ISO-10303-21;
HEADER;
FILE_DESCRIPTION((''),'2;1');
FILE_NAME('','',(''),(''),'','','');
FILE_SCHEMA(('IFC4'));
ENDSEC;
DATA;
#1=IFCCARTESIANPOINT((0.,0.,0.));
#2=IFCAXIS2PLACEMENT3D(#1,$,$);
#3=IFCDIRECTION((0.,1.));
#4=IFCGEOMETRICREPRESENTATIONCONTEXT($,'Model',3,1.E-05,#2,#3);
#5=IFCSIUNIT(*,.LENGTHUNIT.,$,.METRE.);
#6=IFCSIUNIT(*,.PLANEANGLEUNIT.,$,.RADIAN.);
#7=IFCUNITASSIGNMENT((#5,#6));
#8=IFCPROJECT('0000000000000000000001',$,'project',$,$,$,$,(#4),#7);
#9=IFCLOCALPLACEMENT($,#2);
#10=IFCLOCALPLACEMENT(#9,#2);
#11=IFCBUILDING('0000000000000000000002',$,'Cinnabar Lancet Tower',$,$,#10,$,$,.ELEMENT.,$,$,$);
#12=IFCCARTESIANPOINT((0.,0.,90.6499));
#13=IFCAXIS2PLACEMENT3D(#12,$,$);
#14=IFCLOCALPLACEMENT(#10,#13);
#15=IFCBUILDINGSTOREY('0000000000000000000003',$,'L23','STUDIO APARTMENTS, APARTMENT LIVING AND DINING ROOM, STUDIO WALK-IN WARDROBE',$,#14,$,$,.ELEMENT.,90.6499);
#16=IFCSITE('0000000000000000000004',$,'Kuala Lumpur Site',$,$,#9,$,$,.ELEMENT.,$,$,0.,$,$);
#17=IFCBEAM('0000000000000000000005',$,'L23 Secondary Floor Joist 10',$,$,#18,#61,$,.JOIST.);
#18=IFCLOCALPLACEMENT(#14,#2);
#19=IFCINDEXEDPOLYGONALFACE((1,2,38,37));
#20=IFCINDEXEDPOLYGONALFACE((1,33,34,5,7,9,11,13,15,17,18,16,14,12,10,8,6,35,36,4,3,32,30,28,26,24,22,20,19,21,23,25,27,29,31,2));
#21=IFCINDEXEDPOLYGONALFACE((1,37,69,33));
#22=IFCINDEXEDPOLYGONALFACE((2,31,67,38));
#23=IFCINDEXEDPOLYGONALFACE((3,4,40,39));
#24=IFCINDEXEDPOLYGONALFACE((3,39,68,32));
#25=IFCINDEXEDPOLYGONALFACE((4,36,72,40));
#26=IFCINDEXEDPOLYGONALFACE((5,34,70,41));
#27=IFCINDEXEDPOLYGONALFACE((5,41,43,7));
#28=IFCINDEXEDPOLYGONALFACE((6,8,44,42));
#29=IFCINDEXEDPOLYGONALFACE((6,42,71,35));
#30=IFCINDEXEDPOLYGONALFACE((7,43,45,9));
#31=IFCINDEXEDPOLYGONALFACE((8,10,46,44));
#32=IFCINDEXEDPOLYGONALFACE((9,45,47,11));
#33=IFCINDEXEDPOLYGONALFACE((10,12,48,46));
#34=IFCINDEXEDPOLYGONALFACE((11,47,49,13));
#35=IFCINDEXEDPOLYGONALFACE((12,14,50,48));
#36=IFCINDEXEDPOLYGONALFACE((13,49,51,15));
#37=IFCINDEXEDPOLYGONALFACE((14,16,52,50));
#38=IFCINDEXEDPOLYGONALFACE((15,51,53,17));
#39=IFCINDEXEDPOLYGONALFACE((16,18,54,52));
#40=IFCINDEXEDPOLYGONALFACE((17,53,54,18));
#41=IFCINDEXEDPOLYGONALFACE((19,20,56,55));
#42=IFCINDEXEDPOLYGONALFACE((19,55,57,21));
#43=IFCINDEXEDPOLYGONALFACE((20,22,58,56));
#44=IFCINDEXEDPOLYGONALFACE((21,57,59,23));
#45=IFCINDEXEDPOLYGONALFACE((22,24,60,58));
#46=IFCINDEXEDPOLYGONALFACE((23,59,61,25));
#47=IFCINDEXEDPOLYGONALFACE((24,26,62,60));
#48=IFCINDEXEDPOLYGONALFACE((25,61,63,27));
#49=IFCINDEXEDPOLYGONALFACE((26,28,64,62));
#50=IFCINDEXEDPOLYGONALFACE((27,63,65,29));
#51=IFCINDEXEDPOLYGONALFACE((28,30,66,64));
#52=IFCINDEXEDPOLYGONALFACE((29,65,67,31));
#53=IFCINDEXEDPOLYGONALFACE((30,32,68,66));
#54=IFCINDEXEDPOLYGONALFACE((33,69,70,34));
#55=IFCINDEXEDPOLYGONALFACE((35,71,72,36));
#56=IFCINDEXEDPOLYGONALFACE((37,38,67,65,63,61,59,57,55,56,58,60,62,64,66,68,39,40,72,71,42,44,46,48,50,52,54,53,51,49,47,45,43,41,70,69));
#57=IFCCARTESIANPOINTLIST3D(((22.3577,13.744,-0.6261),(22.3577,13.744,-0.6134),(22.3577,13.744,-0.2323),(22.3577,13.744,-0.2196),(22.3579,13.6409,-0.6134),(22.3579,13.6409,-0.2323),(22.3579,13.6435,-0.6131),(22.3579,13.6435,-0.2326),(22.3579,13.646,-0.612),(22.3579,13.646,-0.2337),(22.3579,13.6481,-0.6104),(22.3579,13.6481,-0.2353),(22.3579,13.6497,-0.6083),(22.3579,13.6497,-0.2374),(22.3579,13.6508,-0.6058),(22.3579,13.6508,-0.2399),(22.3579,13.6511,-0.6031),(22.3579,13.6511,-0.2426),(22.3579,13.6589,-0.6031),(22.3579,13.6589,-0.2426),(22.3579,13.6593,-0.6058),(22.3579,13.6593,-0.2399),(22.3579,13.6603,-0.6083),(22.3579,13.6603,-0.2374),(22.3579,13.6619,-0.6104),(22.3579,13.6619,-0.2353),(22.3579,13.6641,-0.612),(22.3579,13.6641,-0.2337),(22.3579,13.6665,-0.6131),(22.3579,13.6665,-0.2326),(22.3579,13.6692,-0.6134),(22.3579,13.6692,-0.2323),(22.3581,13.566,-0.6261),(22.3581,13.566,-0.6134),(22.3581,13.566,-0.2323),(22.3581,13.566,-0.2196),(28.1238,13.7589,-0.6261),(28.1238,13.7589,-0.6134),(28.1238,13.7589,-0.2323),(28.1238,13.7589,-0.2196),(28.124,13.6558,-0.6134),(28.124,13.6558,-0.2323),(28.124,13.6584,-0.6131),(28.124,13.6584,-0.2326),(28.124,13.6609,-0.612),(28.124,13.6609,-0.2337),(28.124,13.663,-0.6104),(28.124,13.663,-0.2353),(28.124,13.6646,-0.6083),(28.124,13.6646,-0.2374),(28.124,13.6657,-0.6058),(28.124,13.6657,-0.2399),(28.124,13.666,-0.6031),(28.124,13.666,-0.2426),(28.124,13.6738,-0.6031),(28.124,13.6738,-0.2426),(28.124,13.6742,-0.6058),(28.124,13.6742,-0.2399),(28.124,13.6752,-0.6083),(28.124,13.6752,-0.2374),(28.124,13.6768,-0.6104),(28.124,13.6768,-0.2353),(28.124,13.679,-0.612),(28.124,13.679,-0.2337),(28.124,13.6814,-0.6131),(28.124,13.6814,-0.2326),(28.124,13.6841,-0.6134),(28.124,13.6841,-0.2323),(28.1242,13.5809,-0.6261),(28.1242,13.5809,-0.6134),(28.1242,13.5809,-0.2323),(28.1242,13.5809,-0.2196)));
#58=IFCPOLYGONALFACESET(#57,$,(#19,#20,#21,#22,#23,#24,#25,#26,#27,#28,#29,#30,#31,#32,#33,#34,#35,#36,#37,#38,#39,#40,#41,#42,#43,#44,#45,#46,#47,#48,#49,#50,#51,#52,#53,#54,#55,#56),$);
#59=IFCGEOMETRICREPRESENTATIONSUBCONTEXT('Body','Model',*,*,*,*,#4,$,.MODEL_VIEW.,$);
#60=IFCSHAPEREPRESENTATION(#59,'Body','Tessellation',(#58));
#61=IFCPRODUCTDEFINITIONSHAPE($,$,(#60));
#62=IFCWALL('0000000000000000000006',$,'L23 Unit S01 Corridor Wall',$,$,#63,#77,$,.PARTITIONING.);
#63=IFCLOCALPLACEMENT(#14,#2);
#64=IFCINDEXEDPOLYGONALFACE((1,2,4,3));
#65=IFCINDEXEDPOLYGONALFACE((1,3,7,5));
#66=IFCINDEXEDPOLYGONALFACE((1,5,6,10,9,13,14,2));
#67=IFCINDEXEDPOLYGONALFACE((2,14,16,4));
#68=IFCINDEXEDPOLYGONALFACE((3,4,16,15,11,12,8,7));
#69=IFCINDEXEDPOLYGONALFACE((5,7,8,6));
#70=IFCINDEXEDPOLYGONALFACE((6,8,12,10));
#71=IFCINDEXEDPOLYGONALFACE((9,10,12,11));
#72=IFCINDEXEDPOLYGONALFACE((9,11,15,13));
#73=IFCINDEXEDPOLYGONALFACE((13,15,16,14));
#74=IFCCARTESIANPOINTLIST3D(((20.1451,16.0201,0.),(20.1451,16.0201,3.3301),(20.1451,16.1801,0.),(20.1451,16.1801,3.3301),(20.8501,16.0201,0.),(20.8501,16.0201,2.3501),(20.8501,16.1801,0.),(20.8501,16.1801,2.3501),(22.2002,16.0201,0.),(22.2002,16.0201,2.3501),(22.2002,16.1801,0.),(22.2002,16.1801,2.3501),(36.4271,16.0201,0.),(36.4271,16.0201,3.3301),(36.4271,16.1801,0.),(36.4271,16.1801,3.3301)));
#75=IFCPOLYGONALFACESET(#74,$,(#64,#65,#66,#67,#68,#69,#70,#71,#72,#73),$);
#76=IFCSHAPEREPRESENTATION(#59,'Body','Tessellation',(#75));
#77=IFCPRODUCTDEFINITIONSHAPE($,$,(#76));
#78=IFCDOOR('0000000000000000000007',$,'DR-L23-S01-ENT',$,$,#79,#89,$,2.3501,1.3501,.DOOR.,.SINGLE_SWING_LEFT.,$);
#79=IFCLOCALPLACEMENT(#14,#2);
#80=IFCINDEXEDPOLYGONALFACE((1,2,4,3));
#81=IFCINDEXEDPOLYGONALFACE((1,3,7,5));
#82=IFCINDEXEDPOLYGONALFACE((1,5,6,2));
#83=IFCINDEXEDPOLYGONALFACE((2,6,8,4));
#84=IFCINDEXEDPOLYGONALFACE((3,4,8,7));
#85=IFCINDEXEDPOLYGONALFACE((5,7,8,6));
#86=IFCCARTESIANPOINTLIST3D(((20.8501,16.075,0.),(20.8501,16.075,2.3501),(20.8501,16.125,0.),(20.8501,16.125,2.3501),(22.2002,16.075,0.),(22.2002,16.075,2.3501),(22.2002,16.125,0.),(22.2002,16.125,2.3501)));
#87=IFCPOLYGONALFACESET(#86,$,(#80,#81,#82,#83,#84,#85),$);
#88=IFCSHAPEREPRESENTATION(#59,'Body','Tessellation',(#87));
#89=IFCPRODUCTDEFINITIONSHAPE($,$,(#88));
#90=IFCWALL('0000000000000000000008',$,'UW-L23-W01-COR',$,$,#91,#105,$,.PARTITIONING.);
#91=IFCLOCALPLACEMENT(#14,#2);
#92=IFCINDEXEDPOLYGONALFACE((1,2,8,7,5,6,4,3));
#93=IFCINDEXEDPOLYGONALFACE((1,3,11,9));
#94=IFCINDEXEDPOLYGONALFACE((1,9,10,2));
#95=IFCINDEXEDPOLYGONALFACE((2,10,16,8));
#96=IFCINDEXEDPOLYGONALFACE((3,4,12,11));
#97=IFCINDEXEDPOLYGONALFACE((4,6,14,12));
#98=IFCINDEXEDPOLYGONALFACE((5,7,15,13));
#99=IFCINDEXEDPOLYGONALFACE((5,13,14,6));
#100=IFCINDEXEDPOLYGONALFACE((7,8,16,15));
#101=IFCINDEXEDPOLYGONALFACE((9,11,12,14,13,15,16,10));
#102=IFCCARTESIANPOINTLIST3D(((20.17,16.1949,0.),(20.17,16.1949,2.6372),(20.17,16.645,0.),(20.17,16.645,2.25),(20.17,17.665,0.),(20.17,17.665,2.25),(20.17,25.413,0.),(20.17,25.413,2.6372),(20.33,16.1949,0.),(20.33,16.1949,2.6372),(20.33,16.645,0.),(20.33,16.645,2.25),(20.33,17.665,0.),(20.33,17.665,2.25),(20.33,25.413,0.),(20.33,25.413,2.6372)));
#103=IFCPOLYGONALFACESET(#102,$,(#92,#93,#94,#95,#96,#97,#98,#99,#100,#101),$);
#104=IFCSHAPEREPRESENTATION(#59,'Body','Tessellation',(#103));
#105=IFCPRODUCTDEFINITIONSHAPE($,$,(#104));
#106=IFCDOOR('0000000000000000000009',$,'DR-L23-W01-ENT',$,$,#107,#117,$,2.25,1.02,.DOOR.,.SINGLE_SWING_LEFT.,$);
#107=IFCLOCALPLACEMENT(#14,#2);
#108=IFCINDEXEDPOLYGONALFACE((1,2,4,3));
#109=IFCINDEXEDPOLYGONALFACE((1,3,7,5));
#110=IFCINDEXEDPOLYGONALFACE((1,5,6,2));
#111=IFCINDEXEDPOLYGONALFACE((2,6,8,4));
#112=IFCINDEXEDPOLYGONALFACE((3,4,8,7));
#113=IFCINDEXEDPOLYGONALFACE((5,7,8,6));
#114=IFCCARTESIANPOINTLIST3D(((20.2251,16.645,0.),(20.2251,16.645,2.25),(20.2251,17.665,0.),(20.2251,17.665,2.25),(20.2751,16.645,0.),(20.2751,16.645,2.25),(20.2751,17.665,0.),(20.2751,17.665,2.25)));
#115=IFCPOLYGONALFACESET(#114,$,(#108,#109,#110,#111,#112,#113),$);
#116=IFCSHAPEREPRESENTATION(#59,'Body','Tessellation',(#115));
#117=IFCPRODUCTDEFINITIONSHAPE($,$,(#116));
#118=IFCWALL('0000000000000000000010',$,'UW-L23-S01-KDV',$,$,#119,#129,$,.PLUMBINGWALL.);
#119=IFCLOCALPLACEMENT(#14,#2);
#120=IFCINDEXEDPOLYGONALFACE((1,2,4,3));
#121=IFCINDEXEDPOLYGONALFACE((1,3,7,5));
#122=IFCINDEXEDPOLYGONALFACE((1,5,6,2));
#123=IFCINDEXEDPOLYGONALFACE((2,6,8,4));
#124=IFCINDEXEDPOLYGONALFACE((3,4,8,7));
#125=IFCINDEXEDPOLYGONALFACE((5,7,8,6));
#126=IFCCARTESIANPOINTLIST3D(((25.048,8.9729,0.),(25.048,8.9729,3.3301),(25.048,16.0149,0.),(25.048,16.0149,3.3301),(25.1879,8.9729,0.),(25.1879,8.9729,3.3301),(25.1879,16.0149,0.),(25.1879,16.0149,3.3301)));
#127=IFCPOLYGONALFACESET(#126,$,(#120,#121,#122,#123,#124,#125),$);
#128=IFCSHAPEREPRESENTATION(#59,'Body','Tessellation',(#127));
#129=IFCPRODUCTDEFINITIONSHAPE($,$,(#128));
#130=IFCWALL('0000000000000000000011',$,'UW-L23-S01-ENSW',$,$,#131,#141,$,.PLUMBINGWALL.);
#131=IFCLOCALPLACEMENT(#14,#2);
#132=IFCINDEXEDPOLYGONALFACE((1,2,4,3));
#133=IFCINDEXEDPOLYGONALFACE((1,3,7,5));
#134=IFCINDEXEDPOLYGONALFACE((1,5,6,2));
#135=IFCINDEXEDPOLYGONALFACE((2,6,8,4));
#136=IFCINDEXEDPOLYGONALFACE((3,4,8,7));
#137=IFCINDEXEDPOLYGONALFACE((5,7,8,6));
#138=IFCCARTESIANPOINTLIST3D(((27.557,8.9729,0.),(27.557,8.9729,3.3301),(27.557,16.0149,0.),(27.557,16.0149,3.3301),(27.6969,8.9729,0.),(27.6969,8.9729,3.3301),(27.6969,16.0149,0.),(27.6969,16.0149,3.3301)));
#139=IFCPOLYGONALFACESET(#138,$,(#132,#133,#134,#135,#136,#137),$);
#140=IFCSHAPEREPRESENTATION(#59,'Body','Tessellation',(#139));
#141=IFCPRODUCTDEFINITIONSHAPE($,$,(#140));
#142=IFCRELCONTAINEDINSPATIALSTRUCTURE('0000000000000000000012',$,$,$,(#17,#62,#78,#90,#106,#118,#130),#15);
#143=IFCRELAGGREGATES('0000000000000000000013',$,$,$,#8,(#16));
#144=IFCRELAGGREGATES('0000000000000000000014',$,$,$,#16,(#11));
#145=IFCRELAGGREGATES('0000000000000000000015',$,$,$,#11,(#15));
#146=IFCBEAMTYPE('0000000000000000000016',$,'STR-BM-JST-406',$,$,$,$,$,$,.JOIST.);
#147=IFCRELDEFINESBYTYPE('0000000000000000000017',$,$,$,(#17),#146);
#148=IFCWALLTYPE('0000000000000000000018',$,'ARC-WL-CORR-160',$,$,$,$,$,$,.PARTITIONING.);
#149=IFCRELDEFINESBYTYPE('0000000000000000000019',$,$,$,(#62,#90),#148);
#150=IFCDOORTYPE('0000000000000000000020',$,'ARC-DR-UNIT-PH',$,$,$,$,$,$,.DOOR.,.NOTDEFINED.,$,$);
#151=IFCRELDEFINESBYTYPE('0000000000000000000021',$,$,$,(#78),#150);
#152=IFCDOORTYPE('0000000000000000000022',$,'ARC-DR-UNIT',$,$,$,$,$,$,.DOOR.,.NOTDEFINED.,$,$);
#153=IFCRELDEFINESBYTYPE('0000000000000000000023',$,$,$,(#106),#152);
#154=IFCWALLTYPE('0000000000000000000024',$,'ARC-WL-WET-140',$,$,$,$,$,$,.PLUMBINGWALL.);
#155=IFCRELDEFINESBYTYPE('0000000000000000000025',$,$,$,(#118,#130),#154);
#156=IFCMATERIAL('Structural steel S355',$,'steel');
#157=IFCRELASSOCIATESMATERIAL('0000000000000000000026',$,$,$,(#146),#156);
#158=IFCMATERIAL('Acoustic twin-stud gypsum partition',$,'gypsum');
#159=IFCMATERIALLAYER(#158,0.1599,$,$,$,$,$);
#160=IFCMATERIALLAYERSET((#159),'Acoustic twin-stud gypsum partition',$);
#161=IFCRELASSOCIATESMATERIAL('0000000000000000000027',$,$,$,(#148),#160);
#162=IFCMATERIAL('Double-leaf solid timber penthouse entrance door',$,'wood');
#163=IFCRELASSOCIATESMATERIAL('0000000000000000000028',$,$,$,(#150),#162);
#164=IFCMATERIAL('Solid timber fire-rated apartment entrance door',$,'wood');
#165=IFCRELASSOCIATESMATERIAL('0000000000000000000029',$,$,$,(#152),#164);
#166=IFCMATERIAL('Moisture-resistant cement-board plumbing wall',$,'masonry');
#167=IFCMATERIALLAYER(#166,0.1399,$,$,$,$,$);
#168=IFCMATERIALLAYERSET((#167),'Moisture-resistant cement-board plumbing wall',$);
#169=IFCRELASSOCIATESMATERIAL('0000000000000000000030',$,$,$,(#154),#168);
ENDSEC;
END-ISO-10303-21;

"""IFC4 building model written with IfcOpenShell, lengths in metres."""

from ifc_helpers import new_model, si_unit, direction, frame, frame_2d, origin, origin_2d, place, context, subcontext, project, spatial, rectangle, i_section, extrude, material, layer, layer_set, material_profile, profile_set, type_object, element, fill, save


model = new_model("IFC4")

# Units and contexts
model_context = context("Model", 3, precision=1e-05, world=origin(), true_north=direction((0.0, 1.0)))
body_context = subcontext(model_context, "Body", "Model", "MODEL_VIEW")
ifc_project = project(units=[si_unit("LENGTHUNIT", "METRE"), si_unit("PLANEANGLEUNIT", "RADIAN")], contexts=[model_context])

# Site, building, storey
site_placement = place(None, origin())
site = spatial("IfcSite", under=ifc_project, at=site_placement, Name="Kuala Lumpur Site", CompositionType="ELEMENT", RefElevation=0.0)
building_placement = place(site_placement, origin())
building = spatial("IfcBuilding", under=site, at=building_placement, Name="Cinnabar Lancet Tower", CompositionType="ELEMENT")
storey_placement = place(building_placement, frame((0.0, 0.0, 90.6499)))
storey = spatial("IfcBuildingStorey", under=building, at=storey_placement, Name="L23", Description="STUDIO APARTMENTS, APARTMENT LIVING AND DINING ROOM, STUDIO WALK-IN WARDROBE", CompositionType="ELEMENT", Elevation=90.6499)

# Beam
ifc_material_1 = material(Name="Structural steel S355", Category="steel")
ifc_material_profile = material_profile(ifc_material_1, i_section(OverallWidth=0.178, OverallDepth=0.4065, WebThickness=0.0078, FlangeThickness=0.0127, FilletRadius=0.0103, at=origin_2d()), Name="UKB 406x178x60")
ifc_profile_set = profile_set([ifc_material_profile], Name="Structural steel S355")
beam_type = type_object("IfcBeamType", Name="STR-BM-JST-406", PredefinedType="JOIST", material=ifc_profile_set)
beam_1_placement = place(storey_placement, frame((22.3579, 13.655, -0.4229), z_axis=(0.999997, 0.002583, 0.0), x_axis=(-0.002583, 0.999997, 0.0)))
element("IfcBeam", 1, at=beam_1_placement, inside=storey, type_object=beam_type, Name="L23 Secondary Floor Joist 10", PredefinedType="JOIST", context=body_context, shape_type="SweptSolid", body=[
    extrude(i_section(OverallWidth=0.178, OverallDepth=0.4065, WebThickness=0.0078, FlangeThickness=0.0127, FilletRadius=0.0103, at=origin_2d()), origin(), (0.0, 0.0, 1.0), 5.7661),
])

# Walls, openings, doors
ifc_material_2 = material(Name="Acoustic twin-stud gypsum partition", Category="gypsum")
ifc_layer_1 = layer(ifc_material_2, 0.1599)
ifc_layer_set_1 = layer_set([ifc_layer_1], Name="Acoustic twin-stud gypsum partition")
wall_type_1 = type_object("IfcWallType", Name="ARC-WL-CORR-160", PredefinedType="PARTITIONING", material=ifc_layer_set_1)
wall_1_placement = place(storey_placement, frame((20.145, 16.1001, 0.0), z_axis=(0.0, 0.0, 1.0), x_axis=(1.0, 0.0, 0.0)))
wall_1 = element("IfcWall", 2, at=wall_1_placement, inside=storey, type_object=wall_type_1, Name="L23 Unit S01 Corridor Wall", PredefinedType="PARTITIONING", context=body_context, shape_type="SweptSolid", body=[
    extrude(rectangle(XDim=16.282, YDim=0.1599, at=frame_2d((8.1411, 0.0))), origin(), (0.0, 0.0, 1.0), 3.3301),
])
opening_1_placement = place(wall_1_placement, frame((0.7051, 0.0, 0.0)))
opening_1 = element("IfcOpeningElement", 3, at=opening_1_placement, cuts=wall_1, PredefinedType="OPENING", context=body_context, shape_type="SweptSolid", body=[
    extrude(rectangle(XDim=1.3501, YDim=2.3501, at=frame_2d((0.675, 1.175))), frame((0.0, 0.0898, 0.0), z_axis=(0.0, -1.0, 0.0), x_axis=(1.0, 0.0, 0.0)), (0.0, 0.0, 1.0), 0.1799),
])
ifc_material_3 = material(Name="Double-leaf solid timber penthouse entrance door", Category="wood")
door_type_1 = type_object("IfcDoorType", Name="ARC-DR-UNIT-PH", OperationType="NOTDEFINED", PredefinedType="DOOR", material=ifc_material_3)
door_1_placement = place(opening_1_placement, origin())
door_1 = element("IfcDoor", 4, at=door_1_placement, inside=storey, type_object=door_type_1, Name="DR-L23-S01-ENT", OperationType="SINGLE_SWING_LEFT", OverallHeight=2.3501, OverallWidth=1.3501, PredefinedType="DOOR", context=body_context, shape_type="SweptSolid", body=[
    extrude(rectangle(XDim=1.3501, YDim=2.3501, at=frame_2d((0.675, 1.175))), frame((0.0, 0.0249, 0.0), z_axis=(0.0, -1.0, 0.0), x_axis=(1.0, 0.0, 0.0)), (0.0, 0.0, 1.0), 0.05),
])
fill(opening_1, door_1)
wall_2_placement = place(storey_placement, frame((20.25, 16.1951, 0.0), z_axis=(0.0, 0.0, 1.0), x_axis=(0.0, 1.0, 0.0)))
wall_2 = element("IfcWall", 5, at=wall_2_placement, inside=storey, type_object=wall_type_1, Name="UW-L23-W01-COR", PredefinedType="PARTITIONING", context=body_context, shape_type="SweptSolid", body=[
    extrude(rectangle(XDim=9.218, YDim=0.1599, at=frame_2d((4.6089, 0.0))), origin(), (0.0, 0.0, 1.0), 2.6372),
])
opening_2_placement = place(wall_2_placement, frame((0.45, 0.0, 0.0)))
opening_2 = element("IfcOpeningElement", 6, at=opening_2_placement, cuts=wall_2, PredefinedType="OPENING", context=body_context, shape_type="SweptSolid", body=[
    extrude(rectangle(XDim=1.02, YDim=2.25, at=frame_2d((0.51, 1.125))), frame((0.0, 0.0898, 0.0), z_axis=(0.0, -1.0, 0.0), x_axis=(1.0, 0.0, 0.0)), (0.0, 0.0, 1.0), 0.1799),
])
ifc_material_4 = material(Name="Solid timber fire-rated apartment entrance door", Category="wood")
door_type_2 = type_object("IfcDoorType", Name="ARC-DR-UNIT", OperationType="NOTDEFINED", PredefinedType="DOOR", material=ifc_material_4)
door_2_placement = place(opening_2_placement, origin())
door_2 = element("IfcDoor", 7, at=door_2_placement, inside=storey, type_object=door_type_2, Name="DR-L23-W01-ENT", OperationType="SINGLE_SWING_LEFT", OverallHeight=2.25, OverallWidth=1.02, PredefinedType="DOOR", context=body_context, shape_type="SweptSolid", body=[
    extrude(rectangle(XDim=1.02, YDim=2.25, at=frame_2d((0.51, 1.125))), frame((0.0, 0.0249, 0.0), z_axis=(0.0, -1.0, 0.0), x_axis=(1.0, 0.0, 0.0)), (0.0, 0.0, 1.0), 0.05),
])
fill(opening_2, door_2)

# Walls
ifc_material_5 = material(Name="Moisture-resistant cement-board plumbing wall", Category="masonry")
ifc_layer_2 = layer(ifc_material_5, 0.1399)
ifc_layer_set_2 = layer_set([ifc_layer_2], Name="Moisture-resistant cement-board plumbing wall")
wall_type_2 = type_object("IfcWallType", Name="ARC-WL-WET-140", PredefinedType="PLUMBINGWALL", material=ifc_layer_set_2)
for number, where, z_axis, x_axis, name in (
    (8, (25.1179, 8.9729, 0.0), (0.0, 0.0, 1.0), (0.0, 1.0, 0.0), "UW-L23-S01-KDV"),
    (9, (27.627, 8.9729, 0.0), (0.0, 0.0, 1.0), (0.0, 1.0, 0.0), "UW-L23-S01-ENSW"),
):
    element("IfcWall", number, at=place(storey_placement, frame(where, z_axis=z_axis, x_axis=x_axis)), inside=storey, type_object=wall_type_2, Name=name, PredefinedType="PLUMBINGWALL", context=body_context, shape_type="SweptSolid", body=[
        extrude(rectangle(XDim=7.042, YDim=0.1399, at=frame_2d((3.521, 0.0))), origin(), (0.0, 0.0, 1.0), 3.3301),
    ])

save(model, "model.ifc")
